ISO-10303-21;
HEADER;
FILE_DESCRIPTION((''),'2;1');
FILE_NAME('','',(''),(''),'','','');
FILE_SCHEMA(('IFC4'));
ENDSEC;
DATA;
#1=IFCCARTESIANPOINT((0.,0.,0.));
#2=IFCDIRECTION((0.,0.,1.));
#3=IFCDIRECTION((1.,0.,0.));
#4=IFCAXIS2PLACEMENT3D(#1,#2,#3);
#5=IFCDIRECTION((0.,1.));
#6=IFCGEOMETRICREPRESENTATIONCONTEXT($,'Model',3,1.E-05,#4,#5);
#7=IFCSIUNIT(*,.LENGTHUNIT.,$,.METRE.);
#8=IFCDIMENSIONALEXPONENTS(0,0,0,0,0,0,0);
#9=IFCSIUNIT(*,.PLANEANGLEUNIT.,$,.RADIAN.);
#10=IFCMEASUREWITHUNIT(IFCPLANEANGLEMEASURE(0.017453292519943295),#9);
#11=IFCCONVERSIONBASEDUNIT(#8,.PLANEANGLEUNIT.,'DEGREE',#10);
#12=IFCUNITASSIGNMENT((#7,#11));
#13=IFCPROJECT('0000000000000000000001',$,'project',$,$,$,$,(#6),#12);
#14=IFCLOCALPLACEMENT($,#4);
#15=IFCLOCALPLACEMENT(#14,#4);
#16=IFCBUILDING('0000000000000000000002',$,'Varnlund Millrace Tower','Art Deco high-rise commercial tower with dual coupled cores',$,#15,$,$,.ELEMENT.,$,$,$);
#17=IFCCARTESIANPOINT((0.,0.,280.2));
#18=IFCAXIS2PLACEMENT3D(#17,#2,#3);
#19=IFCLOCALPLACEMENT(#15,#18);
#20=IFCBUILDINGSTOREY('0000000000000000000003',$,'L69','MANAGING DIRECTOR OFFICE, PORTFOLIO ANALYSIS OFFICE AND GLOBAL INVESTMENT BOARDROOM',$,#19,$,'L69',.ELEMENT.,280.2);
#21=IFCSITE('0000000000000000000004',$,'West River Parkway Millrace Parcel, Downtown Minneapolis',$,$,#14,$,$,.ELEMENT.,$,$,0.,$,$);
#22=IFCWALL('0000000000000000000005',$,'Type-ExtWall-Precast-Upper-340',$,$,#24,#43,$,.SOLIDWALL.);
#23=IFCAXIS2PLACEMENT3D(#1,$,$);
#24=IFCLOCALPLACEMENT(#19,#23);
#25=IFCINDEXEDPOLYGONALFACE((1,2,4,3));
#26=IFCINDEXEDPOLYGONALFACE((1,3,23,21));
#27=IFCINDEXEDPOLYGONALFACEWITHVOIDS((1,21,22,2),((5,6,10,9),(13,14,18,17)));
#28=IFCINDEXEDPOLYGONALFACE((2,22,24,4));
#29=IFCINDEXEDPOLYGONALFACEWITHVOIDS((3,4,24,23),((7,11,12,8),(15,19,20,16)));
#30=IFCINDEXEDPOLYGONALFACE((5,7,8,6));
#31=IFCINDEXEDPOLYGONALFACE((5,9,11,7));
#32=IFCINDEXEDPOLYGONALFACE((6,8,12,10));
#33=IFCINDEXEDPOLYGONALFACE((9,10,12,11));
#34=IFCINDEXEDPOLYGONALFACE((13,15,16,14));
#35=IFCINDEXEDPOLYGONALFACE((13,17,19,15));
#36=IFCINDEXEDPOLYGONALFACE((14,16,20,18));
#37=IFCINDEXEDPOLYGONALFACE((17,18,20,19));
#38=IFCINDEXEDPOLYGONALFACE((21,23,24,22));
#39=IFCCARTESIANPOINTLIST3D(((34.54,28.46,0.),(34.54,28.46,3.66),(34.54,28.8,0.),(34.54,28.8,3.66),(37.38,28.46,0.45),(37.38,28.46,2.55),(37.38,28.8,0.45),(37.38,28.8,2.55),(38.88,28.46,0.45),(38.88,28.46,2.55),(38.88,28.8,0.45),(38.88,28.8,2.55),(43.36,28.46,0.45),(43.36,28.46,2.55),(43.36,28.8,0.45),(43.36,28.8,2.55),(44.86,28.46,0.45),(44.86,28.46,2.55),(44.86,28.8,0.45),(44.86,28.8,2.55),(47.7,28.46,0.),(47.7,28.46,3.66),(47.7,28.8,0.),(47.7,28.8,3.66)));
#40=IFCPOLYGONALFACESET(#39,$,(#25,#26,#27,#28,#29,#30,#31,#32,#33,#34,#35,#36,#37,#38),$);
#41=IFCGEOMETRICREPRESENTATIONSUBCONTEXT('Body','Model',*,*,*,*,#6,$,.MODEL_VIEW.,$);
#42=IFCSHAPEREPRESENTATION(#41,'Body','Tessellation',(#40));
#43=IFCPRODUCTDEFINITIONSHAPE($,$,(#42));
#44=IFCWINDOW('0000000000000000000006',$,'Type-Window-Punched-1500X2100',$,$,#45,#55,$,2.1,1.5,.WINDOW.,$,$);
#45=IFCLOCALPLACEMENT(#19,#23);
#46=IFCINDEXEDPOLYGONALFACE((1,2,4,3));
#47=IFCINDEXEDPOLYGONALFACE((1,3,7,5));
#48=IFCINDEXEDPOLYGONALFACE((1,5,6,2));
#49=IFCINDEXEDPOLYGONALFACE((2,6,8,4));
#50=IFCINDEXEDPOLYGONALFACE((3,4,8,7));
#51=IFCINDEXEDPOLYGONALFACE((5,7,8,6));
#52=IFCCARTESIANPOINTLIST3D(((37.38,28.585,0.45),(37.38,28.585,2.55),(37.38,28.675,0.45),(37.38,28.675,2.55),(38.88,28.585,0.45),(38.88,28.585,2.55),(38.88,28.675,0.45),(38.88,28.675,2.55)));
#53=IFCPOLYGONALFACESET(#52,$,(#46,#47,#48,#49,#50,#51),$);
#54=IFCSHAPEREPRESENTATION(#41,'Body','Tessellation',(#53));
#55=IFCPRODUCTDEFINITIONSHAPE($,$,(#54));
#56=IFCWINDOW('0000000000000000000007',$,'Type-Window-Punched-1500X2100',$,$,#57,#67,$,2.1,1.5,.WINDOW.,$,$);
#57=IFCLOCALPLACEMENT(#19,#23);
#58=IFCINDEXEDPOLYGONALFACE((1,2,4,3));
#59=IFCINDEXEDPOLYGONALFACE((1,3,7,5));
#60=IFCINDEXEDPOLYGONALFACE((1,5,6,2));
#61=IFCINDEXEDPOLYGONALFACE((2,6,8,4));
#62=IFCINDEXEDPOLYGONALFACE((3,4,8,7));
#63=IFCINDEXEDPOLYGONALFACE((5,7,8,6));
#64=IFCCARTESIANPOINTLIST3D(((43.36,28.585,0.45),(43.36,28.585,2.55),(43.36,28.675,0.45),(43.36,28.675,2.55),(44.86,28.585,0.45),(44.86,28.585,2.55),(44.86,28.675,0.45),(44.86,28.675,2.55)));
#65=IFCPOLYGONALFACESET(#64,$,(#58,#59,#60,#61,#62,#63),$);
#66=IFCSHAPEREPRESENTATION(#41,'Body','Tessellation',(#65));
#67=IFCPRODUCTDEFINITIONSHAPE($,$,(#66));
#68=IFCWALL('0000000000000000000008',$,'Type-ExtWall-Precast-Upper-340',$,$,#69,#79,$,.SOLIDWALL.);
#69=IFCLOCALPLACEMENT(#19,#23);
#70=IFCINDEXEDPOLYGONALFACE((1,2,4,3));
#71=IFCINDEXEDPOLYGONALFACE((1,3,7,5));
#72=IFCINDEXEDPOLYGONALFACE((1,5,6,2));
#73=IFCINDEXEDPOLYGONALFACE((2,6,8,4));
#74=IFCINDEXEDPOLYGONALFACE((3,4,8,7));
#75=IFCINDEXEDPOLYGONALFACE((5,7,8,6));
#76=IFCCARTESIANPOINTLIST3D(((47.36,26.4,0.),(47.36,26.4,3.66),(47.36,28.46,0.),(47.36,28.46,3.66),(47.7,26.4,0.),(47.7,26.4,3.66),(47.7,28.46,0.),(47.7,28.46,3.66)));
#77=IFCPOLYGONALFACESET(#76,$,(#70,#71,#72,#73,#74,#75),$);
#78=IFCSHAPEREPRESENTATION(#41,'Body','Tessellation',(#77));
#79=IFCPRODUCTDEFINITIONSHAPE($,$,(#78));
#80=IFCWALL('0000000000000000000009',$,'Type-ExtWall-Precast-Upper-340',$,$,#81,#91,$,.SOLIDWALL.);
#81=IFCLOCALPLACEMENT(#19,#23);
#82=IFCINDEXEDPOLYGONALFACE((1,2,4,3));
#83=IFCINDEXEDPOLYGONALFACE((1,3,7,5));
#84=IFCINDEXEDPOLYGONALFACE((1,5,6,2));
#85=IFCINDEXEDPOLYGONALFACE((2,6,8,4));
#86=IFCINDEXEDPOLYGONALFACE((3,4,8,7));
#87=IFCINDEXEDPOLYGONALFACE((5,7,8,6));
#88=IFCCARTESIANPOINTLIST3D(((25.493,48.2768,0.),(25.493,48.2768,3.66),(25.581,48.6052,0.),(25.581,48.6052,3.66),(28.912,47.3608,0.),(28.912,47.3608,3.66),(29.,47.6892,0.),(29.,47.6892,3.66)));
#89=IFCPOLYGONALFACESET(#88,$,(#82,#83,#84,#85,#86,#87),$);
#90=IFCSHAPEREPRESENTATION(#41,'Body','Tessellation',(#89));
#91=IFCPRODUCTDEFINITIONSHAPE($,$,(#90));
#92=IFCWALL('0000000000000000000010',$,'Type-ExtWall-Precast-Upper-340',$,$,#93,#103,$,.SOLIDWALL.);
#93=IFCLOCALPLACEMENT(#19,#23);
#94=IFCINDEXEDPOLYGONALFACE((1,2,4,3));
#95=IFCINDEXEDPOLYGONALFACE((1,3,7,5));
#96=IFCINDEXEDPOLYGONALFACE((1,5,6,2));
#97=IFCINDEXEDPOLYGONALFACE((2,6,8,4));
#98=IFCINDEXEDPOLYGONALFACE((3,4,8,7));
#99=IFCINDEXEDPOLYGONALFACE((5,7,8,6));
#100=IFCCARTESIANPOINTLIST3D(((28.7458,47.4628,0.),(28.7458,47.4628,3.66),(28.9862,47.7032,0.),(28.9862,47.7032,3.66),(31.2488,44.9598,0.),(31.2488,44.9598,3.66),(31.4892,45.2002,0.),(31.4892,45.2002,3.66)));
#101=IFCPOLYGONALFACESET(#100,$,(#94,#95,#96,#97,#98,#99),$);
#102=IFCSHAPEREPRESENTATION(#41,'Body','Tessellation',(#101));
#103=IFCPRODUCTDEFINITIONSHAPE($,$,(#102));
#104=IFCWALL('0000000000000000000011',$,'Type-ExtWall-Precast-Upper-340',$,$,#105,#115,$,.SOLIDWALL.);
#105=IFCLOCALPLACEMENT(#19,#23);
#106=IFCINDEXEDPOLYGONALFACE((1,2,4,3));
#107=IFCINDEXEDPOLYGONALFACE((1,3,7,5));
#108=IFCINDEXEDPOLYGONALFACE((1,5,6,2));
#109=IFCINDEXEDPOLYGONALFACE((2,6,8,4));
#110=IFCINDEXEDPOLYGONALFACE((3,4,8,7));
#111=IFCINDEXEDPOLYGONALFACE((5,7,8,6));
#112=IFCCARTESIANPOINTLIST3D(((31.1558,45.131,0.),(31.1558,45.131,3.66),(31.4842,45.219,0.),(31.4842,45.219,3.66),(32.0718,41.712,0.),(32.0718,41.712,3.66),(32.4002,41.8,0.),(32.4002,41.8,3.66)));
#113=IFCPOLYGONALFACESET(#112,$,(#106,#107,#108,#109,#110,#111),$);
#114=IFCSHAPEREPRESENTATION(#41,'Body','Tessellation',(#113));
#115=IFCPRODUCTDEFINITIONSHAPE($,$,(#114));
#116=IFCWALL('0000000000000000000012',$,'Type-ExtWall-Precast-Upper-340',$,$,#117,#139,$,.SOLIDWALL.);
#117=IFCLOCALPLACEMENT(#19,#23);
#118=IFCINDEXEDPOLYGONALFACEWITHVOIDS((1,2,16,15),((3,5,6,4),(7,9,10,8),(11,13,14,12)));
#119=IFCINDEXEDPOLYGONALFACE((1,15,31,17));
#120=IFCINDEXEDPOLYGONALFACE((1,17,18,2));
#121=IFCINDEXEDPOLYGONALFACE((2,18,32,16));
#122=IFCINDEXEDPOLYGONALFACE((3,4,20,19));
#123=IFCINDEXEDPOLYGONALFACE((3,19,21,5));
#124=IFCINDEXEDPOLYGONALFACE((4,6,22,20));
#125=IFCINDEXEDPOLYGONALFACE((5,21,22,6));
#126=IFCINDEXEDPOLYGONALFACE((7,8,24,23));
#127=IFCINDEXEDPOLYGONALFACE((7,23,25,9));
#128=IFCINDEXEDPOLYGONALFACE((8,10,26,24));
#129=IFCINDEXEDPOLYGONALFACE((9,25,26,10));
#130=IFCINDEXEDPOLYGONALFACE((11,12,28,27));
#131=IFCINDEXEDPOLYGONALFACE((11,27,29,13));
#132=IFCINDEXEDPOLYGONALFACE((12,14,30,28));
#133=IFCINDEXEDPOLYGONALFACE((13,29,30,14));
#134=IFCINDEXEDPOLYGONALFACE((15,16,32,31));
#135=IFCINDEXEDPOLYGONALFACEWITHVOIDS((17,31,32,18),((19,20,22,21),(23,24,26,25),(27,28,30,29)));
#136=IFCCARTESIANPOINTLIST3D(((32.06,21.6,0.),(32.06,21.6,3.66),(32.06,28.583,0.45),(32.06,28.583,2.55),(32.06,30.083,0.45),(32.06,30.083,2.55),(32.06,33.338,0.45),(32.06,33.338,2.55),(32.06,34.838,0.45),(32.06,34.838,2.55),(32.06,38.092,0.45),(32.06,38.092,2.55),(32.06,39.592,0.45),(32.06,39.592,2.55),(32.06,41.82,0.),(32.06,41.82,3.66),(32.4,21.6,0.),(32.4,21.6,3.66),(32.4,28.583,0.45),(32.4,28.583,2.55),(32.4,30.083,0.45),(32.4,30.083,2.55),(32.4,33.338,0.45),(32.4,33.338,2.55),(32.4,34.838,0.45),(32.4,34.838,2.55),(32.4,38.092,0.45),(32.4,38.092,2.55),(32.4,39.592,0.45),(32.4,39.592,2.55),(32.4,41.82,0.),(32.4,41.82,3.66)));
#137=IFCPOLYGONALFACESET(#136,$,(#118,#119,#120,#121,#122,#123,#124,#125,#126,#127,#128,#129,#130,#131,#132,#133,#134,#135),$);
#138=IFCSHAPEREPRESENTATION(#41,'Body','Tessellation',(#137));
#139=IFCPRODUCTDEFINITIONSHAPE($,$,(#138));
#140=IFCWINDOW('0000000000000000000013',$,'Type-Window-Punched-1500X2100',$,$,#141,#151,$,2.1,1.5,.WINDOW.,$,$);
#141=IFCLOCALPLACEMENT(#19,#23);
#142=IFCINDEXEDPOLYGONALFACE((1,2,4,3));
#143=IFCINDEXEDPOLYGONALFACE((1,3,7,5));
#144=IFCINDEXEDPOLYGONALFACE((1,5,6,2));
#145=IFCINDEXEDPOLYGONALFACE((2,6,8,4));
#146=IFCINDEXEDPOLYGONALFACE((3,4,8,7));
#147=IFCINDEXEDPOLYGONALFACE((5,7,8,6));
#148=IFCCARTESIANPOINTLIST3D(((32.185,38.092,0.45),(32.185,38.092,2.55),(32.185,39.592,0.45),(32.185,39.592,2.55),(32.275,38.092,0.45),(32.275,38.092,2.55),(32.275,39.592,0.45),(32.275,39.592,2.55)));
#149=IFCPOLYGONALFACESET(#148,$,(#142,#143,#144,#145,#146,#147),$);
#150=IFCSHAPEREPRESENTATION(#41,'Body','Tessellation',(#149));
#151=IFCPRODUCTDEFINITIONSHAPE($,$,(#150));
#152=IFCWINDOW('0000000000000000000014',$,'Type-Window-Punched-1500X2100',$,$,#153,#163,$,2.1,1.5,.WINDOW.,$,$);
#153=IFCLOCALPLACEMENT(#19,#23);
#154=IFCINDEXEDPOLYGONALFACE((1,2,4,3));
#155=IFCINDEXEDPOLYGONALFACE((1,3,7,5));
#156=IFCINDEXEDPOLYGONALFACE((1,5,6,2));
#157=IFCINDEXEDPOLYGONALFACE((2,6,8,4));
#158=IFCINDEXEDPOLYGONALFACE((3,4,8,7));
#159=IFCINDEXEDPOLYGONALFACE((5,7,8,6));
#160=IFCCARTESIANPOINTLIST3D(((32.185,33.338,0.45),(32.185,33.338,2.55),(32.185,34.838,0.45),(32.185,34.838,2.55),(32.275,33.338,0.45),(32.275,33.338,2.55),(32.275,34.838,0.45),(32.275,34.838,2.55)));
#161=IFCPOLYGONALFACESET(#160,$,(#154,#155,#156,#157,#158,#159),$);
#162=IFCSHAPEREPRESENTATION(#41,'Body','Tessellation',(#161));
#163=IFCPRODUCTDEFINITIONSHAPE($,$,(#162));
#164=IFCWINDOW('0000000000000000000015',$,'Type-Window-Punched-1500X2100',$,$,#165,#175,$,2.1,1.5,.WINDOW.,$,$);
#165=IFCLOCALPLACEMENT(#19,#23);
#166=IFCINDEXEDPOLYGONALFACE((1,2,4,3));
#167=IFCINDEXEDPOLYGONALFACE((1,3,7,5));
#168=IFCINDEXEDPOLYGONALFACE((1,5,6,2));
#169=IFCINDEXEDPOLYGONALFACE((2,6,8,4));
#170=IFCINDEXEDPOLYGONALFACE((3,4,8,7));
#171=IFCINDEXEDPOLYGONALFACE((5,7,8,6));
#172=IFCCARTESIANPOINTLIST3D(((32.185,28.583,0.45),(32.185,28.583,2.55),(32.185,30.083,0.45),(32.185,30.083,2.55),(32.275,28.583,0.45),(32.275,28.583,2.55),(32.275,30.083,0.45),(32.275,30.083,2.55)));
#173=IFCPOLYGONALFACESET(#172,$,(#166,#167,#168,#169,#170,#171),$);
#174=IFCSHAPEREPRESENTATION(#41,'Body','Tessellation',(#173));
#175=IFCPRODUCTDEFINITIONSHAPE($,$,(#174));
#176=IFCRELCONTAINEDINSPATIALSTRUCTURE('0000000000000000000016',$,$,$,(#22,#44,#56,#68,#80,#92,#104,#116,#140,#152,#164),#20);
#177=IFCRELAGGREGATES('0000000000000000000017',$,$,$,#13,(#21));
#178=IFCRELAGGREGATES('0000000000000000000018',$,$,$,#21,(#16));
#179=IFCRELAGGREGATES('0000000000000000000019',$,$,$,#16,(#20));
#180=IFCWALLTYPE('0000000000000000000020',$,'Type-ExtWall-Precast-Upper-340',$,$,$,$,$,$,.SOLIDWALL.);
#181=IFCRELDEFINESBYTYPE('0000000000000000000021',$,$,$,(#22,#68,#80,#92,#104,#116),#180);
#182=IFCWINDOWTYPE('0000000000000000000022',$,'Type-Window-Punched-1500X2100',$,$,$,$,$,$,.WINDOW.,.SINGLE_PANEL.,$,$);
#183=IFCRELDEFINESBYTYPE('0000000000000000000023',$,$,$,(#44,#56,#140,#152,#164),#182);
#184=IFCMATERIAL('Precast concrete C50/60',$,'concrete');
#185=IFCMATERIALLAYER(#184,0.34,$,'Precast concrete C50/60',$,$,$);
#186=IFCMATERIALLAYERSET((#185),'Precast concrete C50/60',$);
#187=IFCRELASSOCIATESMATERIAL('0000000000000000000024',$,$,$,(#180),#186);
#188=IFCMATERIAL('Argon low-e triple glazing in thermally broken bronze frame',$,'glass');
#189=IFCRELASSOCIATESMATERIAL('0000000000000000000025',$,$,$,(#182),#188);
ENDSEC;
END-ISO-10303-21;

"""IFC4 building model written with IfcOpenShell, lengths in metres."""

from ifc_helpers import new_model, entity, si_unit, converted_unit, direction, frame, origin_with_axes, origin_2d_with_axis, place, context, subcontext, project, spatial, polyline, rectangle, outline, extrude, material, layer, layer_set, type_object, element, fill, save


model = new_model("IFC4")

# Units and contexts
model_context = context("Model", 3, precision=1e-05, world=origin_with_axes(), true_north=direction((0.0, 1.0)))
body_context = subcontext(model_context, "Body", "Model", "MODEL_VIEW")
ifc_project = project(units=[si_unit("LENGTHUNIT", "METRE"), converted_unit("PLANEANGLEUNIT", "DEGREE", entity("IfcPlaneAngleMeasure", 0.017453292519943295), si_unit("PLANEANGLEUNIT", "RADIAN"), dimensions=[0, 0, 0, 0, 0, 0, 0])], contexts=[model_context])

# Site, building, storey
site_placement = place(None, origin_with_axes())
site = spatial("IfcSite", under=ifc_project, at=site_placement, Name="West River Parkway Millrace Parcel, Downtown Minneapolis", CompositionType="ELEMENT", RefElevation=0.0)
building_placement = place(site_placement, origin_with_axes())
building = spatial("IfcBuilding", under=site, at=building_placement, Name="Varnlund Millrace Tower", Description="Art Deco high-rise commercial tower with dual coupled cores", CompositionType="ELEMENT")
storey_placement = place(building_placement, frame((0.0, 0.0, 280.2), z_axis=(0.0, 0.0, 1.0), x_axis=(1.0, 0.0, 0.0)))
storey = spatial("IfcBuildingStorey", under=building, at=storey_placement, Name="L69", Description="MANAGING DIRECTOR OFFICE, PORTFOLIO ANALYSIS OFFICE AND GLOBAL INVESTMENT BOARDROOM", LongName="L69", CompositionType="ELEMENT", Elevation=280.2)

# Wall, openings, windows
ifc_material_1 = material(Name="Precast concrete C50/60", Category="concrete")
ifc_layer_1 = layer(ifc_material_1, 0.34, Name="Precast concrete C50/60")
ifc_layer_set_1 = layer_set([ifc_layer_1], Name="Precast concrete C50/60")
wall_type_1 = type_object("IfcWallType", Name="Type-ExtWall-Precast-Upper-340", PredefinedType="SOLIDWALL", material=ifc_layer_set_1)
wall_1_placement = place(storey_placement, frame((34.54, 28.63, 0.0), z_axis=(0.0, 0.0, 1.0), x_axis=(1.0, 0.0, 0.0)))
wall_1 = element("IfcWall", 1, at=wall_1_placement, inside=storey, type_object=wall_type_1, Name="Type-ExtWall-Precast-Upper-340", PredefinedType="SOLIDWALL", context=body_context, shape_type="SweptSolid", body=[
    extrude(outline(polyline([(0.0, -0.17), (13.16, -0.17), (13.16, 0.17), (0.0, 0.17), (0.0, -0.17)])), origin_with_axes(), (0.0, 0.0, 1.0), 3.66),
])
opening_1_placement = place(wall_1_placement, frame((3.59, 0.0, 0.45), z_axis=(0.0, 0.0, 1.0), x_axis=(1.0, 0.0, 0.0)))
opening_1 = element("IfcOpeningElement", 2, at=opening_1_placement, cuts=wall_1, PredefinedType="OPENING", context=body_context, shape_type="SweptSolid", body=[
    extrude(rectangle(XDim=1.5, YDim=0.36, at=origin_2d_with_axis()), origin_with_axes(), (0.0, 0.0, 1.0), 2.1),
])
opening_2_placement = place(wall_1_placement, frame((9.57, 0.0, 0.45), z_axis=(0.0, 0.0, 1.0), x_axis=(1.0, 0.0, 0.0)))
opening_2 = element("IfcOpeningElement", 3, at=opening_2_placement, cuts=wall_1, PredefinedType="OPENING", context=body_context, shape_type="SweptSolid", body=[
    extrude(rectangle(XDim=1.5, YDim=0.36, at=origin_2d_with_axis()), origin_with_axes(), (0.0, 0.0, 1.0), 2.1),
])
ifc_material_2 = material(Name="Argon low-e triple glazing in thermally broken bronze frame", Category="glass")
window_type = type_object("IfcWindowType", Name="Type-Window-Punched-1500X2100", PartitioningType="SINGLE_PANEL", PredefinedType="WINDOW", material=ifc_material_2)
window_1_placement = place(wall_1_placement, frame((3.59, 0.0, 0.45), z_axis=(0.0, 0.0, 1.0), x_axis=(1.0, 0.0, 0.0)))
window_1 = element("IfcWindow", 4, at=window_1_placement, inside=storey, type_object=window_type, Name="Type-Window-Punched-1500X2100", OverallHeight=2.1, OverallWidth=1.5, PredefinedType="WINDOW", context=body_context, shape_type="SweptSolid", body=[
    extrude(rectangle(XDim=1.5, YDim=0.09, at=origin_2d_with_axis()), origin_with_axes(), (0.0, 0.0, 1.0), 2.1),
])
fill(opening_1, window_1)
window_2_placement = place(wall_1_placement, frame((9.57, 0.0, 0.45), z_axis=(0.0, 0.0, 1.0), x_axis=(1.0, 0.0, 0.0)))
window_2 = element("IfcWindow", 5, at=window_2_placement, inside=storey, type_object=window_type, Name="Type-Window-Punched-1500X2100", OverallHeight=2.1, OverallWidth=1.5, PredefinedType="WINDOW", context=body_context, shape_type="SweptSolid", body=[
    extrude(rectangle(XDim=1.5, YDim=0.09, at=origin_2d_with_axis()), origin_with_axes(), (0.0, 0.0, 1.0), 2.1),
])
fill(opening_2, window_2)

# Walls
wall_2_placement = place(storey_placement, frame((47.53, 28.46, 0.0), z_axis=(0.0, 0.0, 1.0), x_axis=(0.0, -1.0, 0.0)))
element("IfcWall", 6, at=wall_2_placement, inside=storey, type_object=wall_type_1, Name="Type-ExtWall-Precast-Upper-340", PredefinedType="SOLIDWALL", context=body_context, shape_type="SweptSolid", body=[
    extrude(outline(polyline([(0.0, -0.17), (2.06, -0.17), (2.06, 0.17), (0.0, 0.17), (0.0, -0.17)])), origin_with_axes(), (0.0, 0.0, 1.0), 3.66),
])
wall_3_placement = place(storey_placement, frame((25.537, 48.441, 0.0), z_axis=(0.0, 0.0, 1.0), x_axis=(0.965934, -0.258788, 0.0)))
element("IfcWall", 7, at=wall_3_placement, inside=storey, type_object=wall_type_1, Name="Type-ExtWall-Precast-Upper-340", PredefinedType="SOLIDWALL", context=body_context, shape_type="SweptSolid", body=[
    extrude(outline(polyline([(0.0, -0.17), (3.5396, -0.17), (3.5396, 0.17), (0.0, 0.17), (0.0, -0.17)])), origin_with_axes(), (0.0, 0.0, 1.0), 3.66),
])
wall_4_placement = place(storey_placement, frame((28.866, 47.583, 0.0), z_axis=(0.0, 0.0, 1.0), x_axis=(0.707107, -0.707107, 0.0)))
element("IfcWall", 8, at=wall_4_placement, inside=storey, type_object=wall_type_1, Name="Type-ExtWall-Precast-Upper-340", PredefinedType="SOLIDWALL", context=body_context, shape_type="SweptSolid", body=[
    extrude(outline(polyline([(0.0, -0.17), (3.5398, -0.17), (3.5398, 0.17), (0.0, 0.17), (0.0, -0.17)])), origin_with_axes(), (0.0, 0.0, 1.0), 3.66),
])
wall_5_placement = place(storey_placement, frame((31.32, 45.175, 0.0), z_axis=(0.0, 0.0, 1.0), x_axis=(0.258788, -0.965934, 0.0)))
element("IfcWall", 9, at=wall_5_placement, inside=storey, type_object=wall_type_1, Name="Type-ExtWall-Precast-Upper-340", PredefinedType="SOLIDWALL", context=body_context, shape_type="SweptSolid", body=[
    extrude(outline(polyline([(0.0, -0.17), (3.5396, -0.17), (3.5396, 0.17), (0.0, 0.17), (0.0, -0.17)])), origin_with_axes(), (0.0, 0.0, 1.0), 3.66),
])

# Wall, openings, windows
wall_6_placement = place(storey_placement, frame((32.23, 41.82, 0.0), z_axis=(0.0, 0.0, 1.0), x_axis=(0.0, -1.0, 0.0)))
wall_6 = element("IfcWall", 10, at=wall_6_placement, inside=storey, type_object=wall_type_1, Name="Type-ExtWall-Precast-Upper-340", PredefinedType="SOLIDWALL", context=body_context, shape_type="SweptSolid", body=[
    extrude(outline(polyline([(0.0, -0.17), (20.22, -0.17), (20.22, 0.17), (0.0, 0.17), (0.0, -0.17)])), origin_with_axes(), (0.0, 0.0, 1.0), 3.66),
])
opening_3_placement = place(wall_6_placement, frame((2.978, 0.0, 0.45), z_axis=(0.0, 0.0, 1.0), x_axis=(1.0, 0.0, 0.0)))
opening_3 = element("IfcOpeningElement", 11, at=opening_3_placement, cuts=wall_6, PredefinedType="OPENING", context=body_context, shape_type="SweptSolid", body=[
    extrude(rectangle(XDim=1.5, YDim=0.36, at=origin_2d_with_axis()), origin_with_axes(), (0.0, 0.0, 1.0), 2.1),
])
opening_4_placement = place(wall_6_placement, frame((7.732, 0.0, 0.45), z_axis=(0.0, 0.0, 1.0), x_axis=(1.0, 0.0, 0.0)))
opening_4 = element("IfcOpeningElement", 12, at=opening_4_placement, cuts=wall_6, PredefinedType="OPENING", context=body_context, shape_type="SweptSolid", body=[
    extrude(rectangle(XDim=1.5, YDim=0.36, at=origin_2d_with_axis()), origin_with_axes(), (0.0, 0.0, 1.0), 2.1),
])
opening_5_placement = place(wall_6_placement, frame((12.487, 0.0, 0.45), z_axis=(0.0, 0.0, 1.0), x_axis=(1.0, 0.0, 0.0)))
opening_5 = element("IfcOpeningElement", 13, at=opening_5_placement, cuts=wall_6, PredefinedType="OPENING", context=body_context, shape_type="SweptSolid", body=[
    extrude(rectangle(XDim=1.5, YDim=0.36, at=origin_2d_with_axis()), origin_with_axes(), (0.0, 0.0, 1.0), 2.1),
])
window_3_placement = place(wall_6_placement, frame((2.978, 0.0, 0.45), z_axis=(0.0, 0.0, 1.0), x_axis=(1.0, 0.0, 0.0)))
window_3 = element("IfcWindow", 14, at=window_3_placement, inside=storey, type_object=window_type, Name="Type-Window-Punched-1500X2100", OverallHeight=2.1, OverallWidth=1.5, PredefinedType="WINDOW", context=body_context, shape_type="SweptSolid", body=[
    extrude(rectangle(XDim=1.5, YDim=0.09, at=origin_2d_with_axis()), origin_with_axes(), (0.0, 0.0, 1.0), 2.1),
])
fill(opening_3, window_3)
window_4_placement = place(wall_6_placement, frame((7.732, 0.0, 0.45), z_axis=(0.0, 0.0, 1.0), x_axis=(1.0, 0.0, 0.0)))
window_4 = element("IfcWindow", 15, at=window_4_placement, inside=storey, type_object=window_type, Name="Type-Window-Punched-1500X2100", OverallHeight=2.1, OverallWidth=1.5, PredefinedType="WINDOW", context=body_context, shape_type="SweptSolid", body=[
    extrude(rectangle(XDim=1.5, YDim=0.09, at=origin_2d_with_axis()), origin_with_axes(), (0.0, 0.0, 1.0), 2.1),
])
fill(opening_4, window_4)
window_5_placement = place(wall_6_placement, frame((12.487, 0.0, 0.45), z_axis=(0.0, 0.0, 1.0), x_axis=(1.0, 0.0, 0.0)))
window_5 = element("IfcWindow", 16, at=window_5_placement, inside=storey, type_object=window_type, Name="Type-Window-Punched-1500X2100", OverallHeight=2.1, OverallWidth=1.5, PredefinedType="WINDOW", context=body_context, shape_type="SweptSolid", body=[
    extrude(rectangle(XDim=1.5, YDim=0.09, at=origin_2d_with_axis()), origin_with_axes(), (0.0, 0.0, 1.0), 2.1),
])
fill(opening_5, window_5)

save(model, "model.ifc")
